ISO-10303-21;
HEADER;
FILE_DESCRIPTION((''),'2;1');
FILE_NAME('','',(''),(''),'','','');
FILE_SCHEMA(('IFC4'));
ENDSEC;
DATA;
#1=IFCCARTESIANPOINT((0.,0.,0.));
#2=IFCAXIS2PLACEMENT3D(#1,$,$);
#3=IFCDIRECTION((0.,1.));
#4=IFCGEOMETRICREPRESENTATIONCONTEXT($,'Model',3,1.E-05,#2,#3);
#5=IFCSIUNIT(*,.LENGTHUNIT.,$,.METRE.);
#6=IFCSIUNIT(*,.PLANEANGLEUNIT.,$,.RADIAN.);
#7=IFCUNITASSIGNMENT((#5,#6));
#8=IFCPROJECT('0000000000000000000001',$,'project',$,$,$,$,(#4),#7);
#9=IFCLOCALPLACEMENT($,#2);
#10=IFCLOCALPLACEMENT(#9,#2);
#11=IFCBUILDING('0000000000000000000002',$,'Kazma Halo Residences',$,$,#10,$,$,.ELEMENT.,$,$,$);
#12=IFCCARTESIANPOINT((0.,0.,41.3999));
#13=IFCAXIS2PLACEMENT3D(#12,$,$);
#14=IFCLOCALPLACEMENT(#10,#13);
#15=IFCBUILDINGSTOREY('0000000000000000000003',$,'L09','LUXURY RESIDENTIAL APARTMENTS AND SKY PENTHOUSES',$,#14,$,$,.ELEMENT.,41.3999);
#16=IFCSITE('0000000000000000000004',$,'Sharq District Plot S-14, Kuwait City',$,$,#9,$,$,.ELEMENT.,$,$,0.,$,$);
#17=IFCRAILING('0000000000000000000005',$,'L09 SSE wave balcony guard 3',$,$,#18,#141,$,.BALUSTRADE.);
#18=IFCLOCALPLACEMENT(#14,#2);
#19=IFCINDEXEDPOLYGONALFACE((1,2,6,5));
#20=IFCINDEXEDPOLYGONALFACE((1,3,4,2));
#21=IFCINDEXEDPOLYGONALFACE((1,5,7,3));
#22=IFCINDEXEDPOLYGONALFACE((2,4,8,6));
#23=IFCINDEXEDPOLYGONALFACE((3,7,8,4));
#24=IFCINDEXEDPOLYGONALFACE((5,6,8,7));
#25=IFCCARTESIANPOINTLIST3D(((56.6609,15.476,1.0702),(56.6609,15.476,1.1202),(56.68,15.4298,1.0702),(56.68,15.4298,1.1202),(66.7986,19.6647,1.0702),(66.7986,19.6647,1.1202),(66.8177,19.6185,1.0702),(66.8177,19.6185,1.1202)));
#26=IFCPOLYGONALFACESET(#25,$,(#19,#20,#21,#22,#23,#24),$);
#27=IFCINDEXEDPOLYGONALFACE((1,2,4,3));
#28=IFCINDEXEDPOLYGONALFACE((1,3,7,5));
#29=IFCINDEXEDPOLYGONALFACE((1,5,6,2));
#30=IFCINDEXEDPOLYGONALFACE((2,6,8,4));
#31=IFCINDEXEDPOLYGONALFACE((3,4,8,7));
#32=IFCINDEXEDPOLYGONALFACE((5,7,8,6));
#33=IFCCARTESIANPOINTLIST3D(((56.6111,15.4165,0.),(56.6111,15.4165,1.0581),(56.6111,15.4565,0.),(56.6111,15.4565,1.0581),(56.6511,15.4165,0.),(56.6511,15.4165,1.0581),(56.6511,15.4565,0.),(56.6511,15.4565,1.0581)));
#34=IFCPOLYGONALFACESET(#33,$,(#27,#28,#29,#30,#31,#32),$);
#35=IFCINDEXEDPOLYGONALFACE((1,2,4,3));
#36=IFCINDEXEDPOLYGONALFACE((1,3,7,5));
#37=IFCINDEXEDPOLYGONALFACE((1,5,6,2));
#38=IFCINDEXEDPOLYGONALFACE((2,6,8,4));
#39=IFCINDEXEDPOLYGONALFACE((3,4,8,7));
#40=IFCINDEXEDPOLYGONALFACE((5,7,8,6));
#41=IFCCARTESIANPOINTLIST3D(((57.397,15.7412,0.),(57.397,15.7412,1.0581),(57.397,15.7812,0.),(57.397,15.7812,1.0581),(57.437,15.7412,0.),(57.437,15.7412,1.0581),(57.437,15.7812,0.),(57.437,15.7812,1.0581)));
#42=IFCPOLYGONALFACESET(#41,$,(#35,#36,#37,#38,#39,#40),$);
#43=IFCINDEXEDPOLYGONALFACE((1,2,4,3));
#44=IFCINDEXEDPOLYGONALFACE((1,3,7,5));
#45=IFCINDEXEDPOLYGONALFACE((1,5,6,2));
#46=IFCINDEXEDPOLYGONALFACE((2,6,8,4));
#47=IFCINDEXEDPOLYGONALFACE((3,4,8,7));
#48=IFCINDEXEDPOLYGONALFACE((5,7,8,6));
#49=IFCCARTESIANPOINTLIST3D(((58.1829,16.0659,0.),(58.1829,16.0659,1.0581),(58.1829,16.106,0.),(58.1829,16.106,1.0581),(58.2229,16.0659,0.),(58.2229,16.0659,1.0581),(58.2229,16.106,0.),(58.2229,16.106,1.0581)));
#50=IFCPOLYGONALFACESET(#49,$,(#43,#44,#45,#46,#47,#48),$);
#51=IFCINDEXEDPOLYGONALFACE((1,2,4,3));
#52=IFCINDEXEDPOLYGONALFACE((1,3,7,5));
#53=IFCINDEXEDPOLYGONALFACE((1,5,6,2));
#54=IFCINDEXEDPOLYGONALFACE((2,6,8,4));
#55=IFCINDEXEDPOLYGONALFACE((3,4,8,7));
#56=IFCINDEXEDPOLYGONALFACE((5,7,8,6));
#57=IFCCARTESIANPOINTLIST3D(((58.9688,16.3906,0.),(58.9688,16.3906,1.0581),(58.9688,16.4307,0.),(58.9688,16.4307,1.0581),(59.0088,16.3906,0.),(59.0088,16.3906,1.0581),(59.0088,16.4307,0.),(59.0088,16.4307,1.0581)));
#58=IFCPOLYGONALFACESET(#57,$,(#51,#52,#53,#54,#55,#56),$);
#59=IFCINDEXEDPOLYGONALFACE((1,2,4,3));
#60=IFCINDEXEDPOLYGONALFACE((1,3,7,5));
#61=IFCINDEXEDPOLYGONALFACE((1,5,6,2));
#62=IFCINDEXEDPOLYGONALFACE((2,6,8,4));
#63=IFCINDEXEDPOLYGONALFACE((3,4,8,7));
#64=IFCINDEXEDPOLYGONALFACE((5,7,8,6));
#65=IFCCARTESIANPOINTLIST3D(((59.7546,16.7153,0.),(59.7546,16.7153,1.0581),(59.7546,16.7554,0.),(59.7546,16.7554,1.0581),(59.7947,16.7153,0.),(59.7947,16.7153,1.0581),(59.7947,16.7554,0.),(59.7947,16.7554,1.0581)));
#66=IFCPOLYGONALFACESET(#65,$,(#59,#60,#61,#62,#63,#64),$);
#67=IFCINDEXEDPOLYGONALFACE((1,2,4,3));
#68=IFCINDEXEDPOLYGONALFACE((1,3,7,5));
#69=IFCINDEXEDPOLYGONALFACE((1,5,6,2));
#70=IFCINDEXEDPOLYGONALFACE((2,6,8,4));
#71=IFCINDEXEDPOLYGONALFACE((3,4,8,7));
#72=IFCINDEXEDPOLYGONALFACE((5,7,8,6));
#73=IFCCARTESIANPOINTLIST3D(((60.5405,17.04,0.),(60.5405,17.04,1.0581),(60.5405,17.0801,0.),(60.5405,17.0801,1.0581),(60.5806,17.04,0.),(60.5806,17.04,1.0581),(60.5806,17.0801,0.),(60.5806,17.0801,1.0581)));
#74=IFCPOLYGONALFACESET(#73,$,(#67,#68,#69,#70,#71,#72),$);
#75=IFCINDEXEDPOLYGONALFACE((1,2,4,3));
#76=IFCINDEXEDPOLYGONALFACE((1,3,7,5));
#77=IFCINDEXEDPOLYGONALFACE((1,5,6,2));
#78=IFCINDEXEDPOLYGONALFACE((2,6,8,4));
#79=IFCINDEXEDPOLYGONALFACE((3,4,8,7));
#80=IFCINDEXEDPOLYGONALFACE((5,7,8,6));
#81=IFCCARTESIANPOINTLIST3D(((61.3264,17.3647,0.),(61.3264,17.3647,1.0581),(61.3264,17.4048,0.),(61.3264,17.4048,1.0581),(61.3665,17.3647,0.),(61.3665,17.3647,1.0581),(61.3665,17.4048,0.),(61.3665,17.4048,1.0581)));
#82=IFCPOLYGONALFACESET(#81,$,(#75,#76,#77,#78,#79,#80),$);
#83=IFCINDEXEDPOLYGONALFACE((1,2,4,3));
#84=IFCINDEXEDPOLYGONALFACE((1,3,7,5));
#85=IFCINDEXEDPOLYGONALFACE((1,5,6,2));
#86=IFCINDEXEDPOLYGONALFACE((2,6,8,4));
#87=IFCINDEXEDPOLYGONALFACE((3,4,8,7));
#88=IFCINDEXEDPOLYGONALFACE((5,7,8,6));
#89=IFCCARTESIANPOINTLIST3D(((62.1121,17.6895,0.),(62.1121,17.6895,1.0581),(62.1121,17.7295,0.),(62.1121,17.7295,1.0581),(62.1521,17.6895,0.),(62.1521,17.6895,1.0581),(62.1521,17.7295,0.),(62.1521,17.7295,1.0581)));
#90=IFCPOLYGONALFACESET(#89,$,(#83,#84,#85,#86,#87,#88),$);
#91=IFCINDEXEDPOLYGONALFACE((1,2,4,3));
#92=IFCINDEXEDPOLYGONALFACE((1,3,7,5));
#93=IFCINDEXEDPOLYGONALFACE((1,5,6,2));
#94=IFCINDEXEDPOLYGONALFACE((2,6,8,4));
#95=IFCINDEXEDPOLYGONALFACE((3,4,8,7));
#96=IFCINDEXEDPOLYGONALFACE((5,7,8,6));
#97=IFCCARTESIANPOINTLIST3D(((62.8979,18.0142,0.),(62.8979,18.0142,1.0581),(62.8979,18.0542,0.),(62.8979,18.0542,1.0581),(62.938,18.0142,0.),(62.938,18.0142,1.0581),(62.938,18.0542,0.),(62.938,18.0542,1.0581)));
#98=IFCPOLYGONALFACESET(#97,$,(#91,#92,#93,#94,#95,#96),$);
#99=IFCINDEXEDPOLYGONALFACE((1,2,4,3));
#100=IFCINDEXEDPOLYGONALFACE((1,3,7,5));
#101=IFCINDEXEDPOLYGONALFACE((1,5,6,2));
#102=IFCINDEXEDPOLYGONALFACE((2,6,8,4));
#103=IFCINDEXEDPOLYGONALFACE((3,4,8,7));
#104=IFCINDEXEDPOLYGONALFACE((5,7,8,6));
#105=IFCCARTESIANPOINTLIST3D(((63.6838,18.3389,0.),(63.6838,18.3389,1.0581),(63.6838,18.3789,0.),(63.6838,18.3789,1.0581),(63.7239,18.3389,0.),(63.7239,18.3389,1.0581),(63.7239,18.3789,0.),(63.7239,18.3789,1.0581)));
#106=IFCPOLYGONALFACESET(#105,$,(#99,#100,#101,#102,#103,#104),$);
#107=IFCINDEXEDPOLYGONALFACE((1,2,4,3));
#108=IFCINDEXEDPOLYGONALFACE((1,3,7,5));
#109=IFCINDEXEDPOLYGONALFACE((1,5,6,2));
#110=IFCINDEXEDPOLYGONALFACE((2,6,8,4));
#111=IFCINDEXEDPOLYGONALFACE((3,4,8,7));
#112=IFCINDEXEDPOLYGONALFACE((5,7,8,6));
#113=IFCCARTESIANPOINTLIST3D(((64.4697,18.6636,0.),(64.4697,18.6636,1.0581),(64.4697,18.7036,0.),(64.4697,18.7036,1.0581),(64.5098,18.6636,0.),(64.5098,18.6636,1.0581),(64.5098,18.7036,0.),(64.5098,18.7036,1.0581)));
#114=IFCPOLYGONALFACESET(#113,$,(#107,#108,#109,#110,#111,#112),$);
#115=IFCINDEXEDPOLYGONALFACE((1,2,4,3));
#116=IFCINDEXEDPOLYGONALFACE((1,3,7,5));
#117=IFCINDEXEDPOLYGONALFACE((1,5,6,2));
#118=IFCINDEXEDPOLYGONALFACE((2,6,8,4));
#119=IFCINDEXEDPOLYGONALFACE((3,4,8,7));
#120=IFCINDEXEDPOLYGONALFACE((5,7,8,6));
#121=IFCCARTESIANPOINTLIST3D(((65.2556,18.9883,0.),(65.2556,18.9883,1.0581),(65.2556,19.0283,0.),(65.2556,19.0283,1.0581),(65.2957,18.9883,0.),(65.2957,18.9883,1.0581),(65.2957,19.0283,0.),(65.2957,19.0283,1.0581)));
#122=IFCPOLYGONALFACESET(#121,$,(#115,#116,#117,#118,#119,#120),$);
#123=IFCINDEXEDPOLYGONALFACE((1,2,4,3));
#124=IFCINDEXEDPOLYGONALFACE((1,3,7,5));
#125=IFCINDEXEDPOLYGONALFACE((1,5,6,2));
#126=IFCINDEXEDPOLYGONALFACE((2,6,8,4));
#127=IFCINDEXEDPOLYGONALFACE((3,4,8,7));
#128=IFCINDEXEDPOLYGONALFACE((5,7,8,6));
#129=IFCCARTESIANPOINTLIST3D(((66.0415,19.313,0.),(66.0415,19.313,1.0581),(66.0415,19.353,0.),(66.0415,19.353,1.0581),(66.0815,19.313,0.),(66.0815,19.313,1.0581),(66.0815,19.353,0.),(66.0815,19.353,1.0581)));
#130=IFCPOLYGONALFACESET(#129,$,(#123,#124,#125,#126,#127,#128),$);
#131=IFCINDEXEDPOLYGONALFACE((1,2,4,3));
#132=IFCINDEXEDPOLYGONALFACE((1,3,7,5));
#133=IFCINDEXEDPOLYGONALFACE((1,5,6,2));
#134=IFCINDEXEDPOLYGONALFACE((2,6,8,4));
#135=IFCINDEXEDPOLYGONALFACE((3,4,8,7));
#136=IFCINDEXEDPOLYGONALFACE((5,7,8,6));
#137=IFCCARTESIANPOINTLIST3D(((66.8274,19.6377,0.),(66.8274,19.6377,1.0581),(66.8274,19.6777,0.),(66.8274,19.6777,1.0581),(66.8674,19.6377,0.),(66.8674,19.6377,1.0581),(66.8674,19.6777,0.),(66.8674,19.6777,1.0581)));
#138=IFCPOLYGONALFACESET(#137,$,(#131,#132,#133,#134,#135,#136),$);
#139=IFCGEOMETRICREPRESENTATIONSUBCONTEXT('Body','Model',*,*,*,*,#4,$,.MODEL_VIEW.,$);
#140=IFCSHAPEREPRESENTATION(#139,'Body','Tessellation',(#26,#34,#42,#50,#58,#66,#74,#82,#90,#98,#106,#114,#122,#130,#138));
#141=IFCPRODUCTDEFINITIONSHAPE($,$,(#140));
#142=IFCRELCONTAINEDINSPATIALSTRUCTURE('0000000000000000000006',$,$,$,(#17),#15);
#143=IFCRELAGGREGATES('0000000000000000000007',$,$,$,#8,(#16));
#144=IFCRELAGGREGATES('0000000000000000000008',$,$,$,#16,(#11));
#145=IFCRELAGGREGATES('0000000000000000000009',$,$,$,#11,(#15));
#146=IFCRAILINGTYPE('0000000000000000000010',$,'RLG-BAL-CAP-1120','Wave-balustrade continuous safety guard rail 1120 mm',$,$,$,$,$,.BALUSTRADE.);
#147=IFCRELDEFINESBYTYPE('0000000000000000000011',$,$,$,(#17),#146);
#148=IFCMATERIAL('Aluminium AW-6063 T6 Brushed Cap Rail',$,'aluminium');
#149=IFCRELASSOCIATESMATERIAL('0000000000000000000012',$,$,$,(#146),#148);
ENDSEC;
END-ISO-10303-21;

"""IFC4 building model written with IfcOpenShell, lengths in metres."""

from ifc_helpers import new_model, si_unit, direction, frame, origin, origin_2d, place, context, subcontext, project, spatial, rectangle, extrude, material, type_object, element, save


model = new_model("IFC4")

# Units and contexts
model_context = context("Model", 3, precision=1e-05, world=origin(), true_north=direction((0.0, 1.0)))
body_context = subcontext(model_context, "Body", "Model", "MODEL_VIEW")
ifc_project = project(units=[si_unit("LENGTHUNIT", "METRE"), si_unit("PLANEANGLEUNIT", "RADIAN")], contexts=[model_context])

# Site, building, storey
site_placement = place(None, origin())
site = spatial("IfcSite", under=ifc_project, at=site_placement, Name="Sharq District Plot S-14, Kuwait City", CompositionType="ELEMENT", RefElevation=0.0)
building_placement = place(site_placement, origin())
building = spatial("IfcBuilding", under=site, at=building_placement, Name="Kazma Halo Residences", CompositionType="ELEMENT")
storey_placement = place(building_placement, frame((0.0, 0.0, 41.3999)))
storey = spatial("IfcBuildingStorey", under=building, at=storey_placement, Name="L09", Description="LUXURY RESIDENTIAL APARTMENTS AND SKY PENTHOUSES", CompositionType="ELEMENT", Elevation=41.3999)

# Railing
ifc_material_1 = material(Name="Aluminium AW-6063 T6 Brushed Cap Rail", Category="aluminium")
railing_type = type_object("IfcRailingType", Name="RLG-BAL-CAP-1120", Description="Wave-balustrade continuous safety guard rail 1120 mm", PredefinedType="BALUSTRADE", material=ifc_material_1)
railing_placement = place(storey_placement, frame((56.6311, 15.4365, 0.0)))
element("IfcRailing", 1, at=railing_placement, inside=storey, type_object=railing_type, Name="L09 SSE wave balcony guard 3", PredefinedType="BALUSTRADE", context=body_context, shape_type="SweptSolid", body=[
    extrude(rectangle(XDim=0.05, YDim=0.05, at=origin_2d()), frame((0.0393, 0.0164, 1.0952), z_axis=(0.924216, 0.381869, 0.0), x_axis=(-0.381869, 0.924216, 0.0)), (0.0, 0.0, 1.0), 10.969),
    extrude(rectangle(XDim=0.04, YDim=0.04, at=origin_2d()), origin(), (0.0, 0.0, 1.0), 1.0581),
    extrude(rectangle(XDim=0.04, YDim=0.04, at=origin_2d()), frame((0.7859, 0.3247, 0.0)), (0.0, 0.0, 1.0), 1.0581),
    extrude(rectangle(XDim=0.04, YDim=0.04, at=origin_2d()), frame((1.5718, 0.6494, 0.0)), (0.0, 0.0, 1.0), 1.0581),
    extrude(rectangle(XDim=0.04, YDim=0.04, at=origin_2d()), frame((2.3577, 0.9741, 0.0)), (0.0, 0.0, 1.0), 1.0581),
    extrude(rectangle(XDim=0.04, YDim=0.04, at=origin_2d()), frame((3.1436, 1.2988, 0.0)), (0.0, 0.0, 1.0), 1.0581),
    extrude(rectangle(XDim=0.04, YDim=0.04, at=origin_2d()), frame((3.9294, 1.6235, 0.0)), (0.0, 0.0, 1.0), 1.0581),
    extrude(rectangle(XDim=0.04, YDim=0.04, at=origin_2d()), frame((4.7153, 1.9482, 0.0)), (0.0, 0.0, 1.0), 1.0581),
    extrude(rectangle(XDim=0.04, YDim=0.04, at=origin_2d()), frame((5.501, 2.2729, 0.0)), (0.0, 0.0, 1.0), 1.0581),
    extrude(rectangle(XDim=0.04, YDim=0.04, at=origin_2d()), frame((6.2869, 2.5977, 0.0)), (0.0, 0.0, 1.0), 1.0581),
    extrude(rectangle(XDim=0.04, YDim=0.04, at=origin_2d()), frame((7.0728, 2.9224, 0.0)), (0.0, 0.0, 1.0), 1.0581),
    extrude(rectangle(XDim=0.04, YDim=0.04, at=origin_2d()), frame((7.8586, 3.2471, 0.0)), (0.0, 0.0, 1.0), 1.0581),
    extrude(rectangle(XDim=0.04, YDim=0.04, at=origin_2d()), frame((8.6445, 3.5718, 0.0)), (0.0, 0.0, 1.0), 1.0581),
    extrude(rectangle(XDim=0.04, YDim=0.04, at=origin_2d()), frame((9.4304, 3.8965, 0.0)), (0.0, 0.0, 1.0), 1.0581),
    extrude(rectangle(XDim=0.04, YDim=0.04, at=origin_2d()), frame((10.2163, 4.2212, 0.0)), (0.0, 0.0, 1.0), 1.0581),
])

save(model, "model.ifc")
